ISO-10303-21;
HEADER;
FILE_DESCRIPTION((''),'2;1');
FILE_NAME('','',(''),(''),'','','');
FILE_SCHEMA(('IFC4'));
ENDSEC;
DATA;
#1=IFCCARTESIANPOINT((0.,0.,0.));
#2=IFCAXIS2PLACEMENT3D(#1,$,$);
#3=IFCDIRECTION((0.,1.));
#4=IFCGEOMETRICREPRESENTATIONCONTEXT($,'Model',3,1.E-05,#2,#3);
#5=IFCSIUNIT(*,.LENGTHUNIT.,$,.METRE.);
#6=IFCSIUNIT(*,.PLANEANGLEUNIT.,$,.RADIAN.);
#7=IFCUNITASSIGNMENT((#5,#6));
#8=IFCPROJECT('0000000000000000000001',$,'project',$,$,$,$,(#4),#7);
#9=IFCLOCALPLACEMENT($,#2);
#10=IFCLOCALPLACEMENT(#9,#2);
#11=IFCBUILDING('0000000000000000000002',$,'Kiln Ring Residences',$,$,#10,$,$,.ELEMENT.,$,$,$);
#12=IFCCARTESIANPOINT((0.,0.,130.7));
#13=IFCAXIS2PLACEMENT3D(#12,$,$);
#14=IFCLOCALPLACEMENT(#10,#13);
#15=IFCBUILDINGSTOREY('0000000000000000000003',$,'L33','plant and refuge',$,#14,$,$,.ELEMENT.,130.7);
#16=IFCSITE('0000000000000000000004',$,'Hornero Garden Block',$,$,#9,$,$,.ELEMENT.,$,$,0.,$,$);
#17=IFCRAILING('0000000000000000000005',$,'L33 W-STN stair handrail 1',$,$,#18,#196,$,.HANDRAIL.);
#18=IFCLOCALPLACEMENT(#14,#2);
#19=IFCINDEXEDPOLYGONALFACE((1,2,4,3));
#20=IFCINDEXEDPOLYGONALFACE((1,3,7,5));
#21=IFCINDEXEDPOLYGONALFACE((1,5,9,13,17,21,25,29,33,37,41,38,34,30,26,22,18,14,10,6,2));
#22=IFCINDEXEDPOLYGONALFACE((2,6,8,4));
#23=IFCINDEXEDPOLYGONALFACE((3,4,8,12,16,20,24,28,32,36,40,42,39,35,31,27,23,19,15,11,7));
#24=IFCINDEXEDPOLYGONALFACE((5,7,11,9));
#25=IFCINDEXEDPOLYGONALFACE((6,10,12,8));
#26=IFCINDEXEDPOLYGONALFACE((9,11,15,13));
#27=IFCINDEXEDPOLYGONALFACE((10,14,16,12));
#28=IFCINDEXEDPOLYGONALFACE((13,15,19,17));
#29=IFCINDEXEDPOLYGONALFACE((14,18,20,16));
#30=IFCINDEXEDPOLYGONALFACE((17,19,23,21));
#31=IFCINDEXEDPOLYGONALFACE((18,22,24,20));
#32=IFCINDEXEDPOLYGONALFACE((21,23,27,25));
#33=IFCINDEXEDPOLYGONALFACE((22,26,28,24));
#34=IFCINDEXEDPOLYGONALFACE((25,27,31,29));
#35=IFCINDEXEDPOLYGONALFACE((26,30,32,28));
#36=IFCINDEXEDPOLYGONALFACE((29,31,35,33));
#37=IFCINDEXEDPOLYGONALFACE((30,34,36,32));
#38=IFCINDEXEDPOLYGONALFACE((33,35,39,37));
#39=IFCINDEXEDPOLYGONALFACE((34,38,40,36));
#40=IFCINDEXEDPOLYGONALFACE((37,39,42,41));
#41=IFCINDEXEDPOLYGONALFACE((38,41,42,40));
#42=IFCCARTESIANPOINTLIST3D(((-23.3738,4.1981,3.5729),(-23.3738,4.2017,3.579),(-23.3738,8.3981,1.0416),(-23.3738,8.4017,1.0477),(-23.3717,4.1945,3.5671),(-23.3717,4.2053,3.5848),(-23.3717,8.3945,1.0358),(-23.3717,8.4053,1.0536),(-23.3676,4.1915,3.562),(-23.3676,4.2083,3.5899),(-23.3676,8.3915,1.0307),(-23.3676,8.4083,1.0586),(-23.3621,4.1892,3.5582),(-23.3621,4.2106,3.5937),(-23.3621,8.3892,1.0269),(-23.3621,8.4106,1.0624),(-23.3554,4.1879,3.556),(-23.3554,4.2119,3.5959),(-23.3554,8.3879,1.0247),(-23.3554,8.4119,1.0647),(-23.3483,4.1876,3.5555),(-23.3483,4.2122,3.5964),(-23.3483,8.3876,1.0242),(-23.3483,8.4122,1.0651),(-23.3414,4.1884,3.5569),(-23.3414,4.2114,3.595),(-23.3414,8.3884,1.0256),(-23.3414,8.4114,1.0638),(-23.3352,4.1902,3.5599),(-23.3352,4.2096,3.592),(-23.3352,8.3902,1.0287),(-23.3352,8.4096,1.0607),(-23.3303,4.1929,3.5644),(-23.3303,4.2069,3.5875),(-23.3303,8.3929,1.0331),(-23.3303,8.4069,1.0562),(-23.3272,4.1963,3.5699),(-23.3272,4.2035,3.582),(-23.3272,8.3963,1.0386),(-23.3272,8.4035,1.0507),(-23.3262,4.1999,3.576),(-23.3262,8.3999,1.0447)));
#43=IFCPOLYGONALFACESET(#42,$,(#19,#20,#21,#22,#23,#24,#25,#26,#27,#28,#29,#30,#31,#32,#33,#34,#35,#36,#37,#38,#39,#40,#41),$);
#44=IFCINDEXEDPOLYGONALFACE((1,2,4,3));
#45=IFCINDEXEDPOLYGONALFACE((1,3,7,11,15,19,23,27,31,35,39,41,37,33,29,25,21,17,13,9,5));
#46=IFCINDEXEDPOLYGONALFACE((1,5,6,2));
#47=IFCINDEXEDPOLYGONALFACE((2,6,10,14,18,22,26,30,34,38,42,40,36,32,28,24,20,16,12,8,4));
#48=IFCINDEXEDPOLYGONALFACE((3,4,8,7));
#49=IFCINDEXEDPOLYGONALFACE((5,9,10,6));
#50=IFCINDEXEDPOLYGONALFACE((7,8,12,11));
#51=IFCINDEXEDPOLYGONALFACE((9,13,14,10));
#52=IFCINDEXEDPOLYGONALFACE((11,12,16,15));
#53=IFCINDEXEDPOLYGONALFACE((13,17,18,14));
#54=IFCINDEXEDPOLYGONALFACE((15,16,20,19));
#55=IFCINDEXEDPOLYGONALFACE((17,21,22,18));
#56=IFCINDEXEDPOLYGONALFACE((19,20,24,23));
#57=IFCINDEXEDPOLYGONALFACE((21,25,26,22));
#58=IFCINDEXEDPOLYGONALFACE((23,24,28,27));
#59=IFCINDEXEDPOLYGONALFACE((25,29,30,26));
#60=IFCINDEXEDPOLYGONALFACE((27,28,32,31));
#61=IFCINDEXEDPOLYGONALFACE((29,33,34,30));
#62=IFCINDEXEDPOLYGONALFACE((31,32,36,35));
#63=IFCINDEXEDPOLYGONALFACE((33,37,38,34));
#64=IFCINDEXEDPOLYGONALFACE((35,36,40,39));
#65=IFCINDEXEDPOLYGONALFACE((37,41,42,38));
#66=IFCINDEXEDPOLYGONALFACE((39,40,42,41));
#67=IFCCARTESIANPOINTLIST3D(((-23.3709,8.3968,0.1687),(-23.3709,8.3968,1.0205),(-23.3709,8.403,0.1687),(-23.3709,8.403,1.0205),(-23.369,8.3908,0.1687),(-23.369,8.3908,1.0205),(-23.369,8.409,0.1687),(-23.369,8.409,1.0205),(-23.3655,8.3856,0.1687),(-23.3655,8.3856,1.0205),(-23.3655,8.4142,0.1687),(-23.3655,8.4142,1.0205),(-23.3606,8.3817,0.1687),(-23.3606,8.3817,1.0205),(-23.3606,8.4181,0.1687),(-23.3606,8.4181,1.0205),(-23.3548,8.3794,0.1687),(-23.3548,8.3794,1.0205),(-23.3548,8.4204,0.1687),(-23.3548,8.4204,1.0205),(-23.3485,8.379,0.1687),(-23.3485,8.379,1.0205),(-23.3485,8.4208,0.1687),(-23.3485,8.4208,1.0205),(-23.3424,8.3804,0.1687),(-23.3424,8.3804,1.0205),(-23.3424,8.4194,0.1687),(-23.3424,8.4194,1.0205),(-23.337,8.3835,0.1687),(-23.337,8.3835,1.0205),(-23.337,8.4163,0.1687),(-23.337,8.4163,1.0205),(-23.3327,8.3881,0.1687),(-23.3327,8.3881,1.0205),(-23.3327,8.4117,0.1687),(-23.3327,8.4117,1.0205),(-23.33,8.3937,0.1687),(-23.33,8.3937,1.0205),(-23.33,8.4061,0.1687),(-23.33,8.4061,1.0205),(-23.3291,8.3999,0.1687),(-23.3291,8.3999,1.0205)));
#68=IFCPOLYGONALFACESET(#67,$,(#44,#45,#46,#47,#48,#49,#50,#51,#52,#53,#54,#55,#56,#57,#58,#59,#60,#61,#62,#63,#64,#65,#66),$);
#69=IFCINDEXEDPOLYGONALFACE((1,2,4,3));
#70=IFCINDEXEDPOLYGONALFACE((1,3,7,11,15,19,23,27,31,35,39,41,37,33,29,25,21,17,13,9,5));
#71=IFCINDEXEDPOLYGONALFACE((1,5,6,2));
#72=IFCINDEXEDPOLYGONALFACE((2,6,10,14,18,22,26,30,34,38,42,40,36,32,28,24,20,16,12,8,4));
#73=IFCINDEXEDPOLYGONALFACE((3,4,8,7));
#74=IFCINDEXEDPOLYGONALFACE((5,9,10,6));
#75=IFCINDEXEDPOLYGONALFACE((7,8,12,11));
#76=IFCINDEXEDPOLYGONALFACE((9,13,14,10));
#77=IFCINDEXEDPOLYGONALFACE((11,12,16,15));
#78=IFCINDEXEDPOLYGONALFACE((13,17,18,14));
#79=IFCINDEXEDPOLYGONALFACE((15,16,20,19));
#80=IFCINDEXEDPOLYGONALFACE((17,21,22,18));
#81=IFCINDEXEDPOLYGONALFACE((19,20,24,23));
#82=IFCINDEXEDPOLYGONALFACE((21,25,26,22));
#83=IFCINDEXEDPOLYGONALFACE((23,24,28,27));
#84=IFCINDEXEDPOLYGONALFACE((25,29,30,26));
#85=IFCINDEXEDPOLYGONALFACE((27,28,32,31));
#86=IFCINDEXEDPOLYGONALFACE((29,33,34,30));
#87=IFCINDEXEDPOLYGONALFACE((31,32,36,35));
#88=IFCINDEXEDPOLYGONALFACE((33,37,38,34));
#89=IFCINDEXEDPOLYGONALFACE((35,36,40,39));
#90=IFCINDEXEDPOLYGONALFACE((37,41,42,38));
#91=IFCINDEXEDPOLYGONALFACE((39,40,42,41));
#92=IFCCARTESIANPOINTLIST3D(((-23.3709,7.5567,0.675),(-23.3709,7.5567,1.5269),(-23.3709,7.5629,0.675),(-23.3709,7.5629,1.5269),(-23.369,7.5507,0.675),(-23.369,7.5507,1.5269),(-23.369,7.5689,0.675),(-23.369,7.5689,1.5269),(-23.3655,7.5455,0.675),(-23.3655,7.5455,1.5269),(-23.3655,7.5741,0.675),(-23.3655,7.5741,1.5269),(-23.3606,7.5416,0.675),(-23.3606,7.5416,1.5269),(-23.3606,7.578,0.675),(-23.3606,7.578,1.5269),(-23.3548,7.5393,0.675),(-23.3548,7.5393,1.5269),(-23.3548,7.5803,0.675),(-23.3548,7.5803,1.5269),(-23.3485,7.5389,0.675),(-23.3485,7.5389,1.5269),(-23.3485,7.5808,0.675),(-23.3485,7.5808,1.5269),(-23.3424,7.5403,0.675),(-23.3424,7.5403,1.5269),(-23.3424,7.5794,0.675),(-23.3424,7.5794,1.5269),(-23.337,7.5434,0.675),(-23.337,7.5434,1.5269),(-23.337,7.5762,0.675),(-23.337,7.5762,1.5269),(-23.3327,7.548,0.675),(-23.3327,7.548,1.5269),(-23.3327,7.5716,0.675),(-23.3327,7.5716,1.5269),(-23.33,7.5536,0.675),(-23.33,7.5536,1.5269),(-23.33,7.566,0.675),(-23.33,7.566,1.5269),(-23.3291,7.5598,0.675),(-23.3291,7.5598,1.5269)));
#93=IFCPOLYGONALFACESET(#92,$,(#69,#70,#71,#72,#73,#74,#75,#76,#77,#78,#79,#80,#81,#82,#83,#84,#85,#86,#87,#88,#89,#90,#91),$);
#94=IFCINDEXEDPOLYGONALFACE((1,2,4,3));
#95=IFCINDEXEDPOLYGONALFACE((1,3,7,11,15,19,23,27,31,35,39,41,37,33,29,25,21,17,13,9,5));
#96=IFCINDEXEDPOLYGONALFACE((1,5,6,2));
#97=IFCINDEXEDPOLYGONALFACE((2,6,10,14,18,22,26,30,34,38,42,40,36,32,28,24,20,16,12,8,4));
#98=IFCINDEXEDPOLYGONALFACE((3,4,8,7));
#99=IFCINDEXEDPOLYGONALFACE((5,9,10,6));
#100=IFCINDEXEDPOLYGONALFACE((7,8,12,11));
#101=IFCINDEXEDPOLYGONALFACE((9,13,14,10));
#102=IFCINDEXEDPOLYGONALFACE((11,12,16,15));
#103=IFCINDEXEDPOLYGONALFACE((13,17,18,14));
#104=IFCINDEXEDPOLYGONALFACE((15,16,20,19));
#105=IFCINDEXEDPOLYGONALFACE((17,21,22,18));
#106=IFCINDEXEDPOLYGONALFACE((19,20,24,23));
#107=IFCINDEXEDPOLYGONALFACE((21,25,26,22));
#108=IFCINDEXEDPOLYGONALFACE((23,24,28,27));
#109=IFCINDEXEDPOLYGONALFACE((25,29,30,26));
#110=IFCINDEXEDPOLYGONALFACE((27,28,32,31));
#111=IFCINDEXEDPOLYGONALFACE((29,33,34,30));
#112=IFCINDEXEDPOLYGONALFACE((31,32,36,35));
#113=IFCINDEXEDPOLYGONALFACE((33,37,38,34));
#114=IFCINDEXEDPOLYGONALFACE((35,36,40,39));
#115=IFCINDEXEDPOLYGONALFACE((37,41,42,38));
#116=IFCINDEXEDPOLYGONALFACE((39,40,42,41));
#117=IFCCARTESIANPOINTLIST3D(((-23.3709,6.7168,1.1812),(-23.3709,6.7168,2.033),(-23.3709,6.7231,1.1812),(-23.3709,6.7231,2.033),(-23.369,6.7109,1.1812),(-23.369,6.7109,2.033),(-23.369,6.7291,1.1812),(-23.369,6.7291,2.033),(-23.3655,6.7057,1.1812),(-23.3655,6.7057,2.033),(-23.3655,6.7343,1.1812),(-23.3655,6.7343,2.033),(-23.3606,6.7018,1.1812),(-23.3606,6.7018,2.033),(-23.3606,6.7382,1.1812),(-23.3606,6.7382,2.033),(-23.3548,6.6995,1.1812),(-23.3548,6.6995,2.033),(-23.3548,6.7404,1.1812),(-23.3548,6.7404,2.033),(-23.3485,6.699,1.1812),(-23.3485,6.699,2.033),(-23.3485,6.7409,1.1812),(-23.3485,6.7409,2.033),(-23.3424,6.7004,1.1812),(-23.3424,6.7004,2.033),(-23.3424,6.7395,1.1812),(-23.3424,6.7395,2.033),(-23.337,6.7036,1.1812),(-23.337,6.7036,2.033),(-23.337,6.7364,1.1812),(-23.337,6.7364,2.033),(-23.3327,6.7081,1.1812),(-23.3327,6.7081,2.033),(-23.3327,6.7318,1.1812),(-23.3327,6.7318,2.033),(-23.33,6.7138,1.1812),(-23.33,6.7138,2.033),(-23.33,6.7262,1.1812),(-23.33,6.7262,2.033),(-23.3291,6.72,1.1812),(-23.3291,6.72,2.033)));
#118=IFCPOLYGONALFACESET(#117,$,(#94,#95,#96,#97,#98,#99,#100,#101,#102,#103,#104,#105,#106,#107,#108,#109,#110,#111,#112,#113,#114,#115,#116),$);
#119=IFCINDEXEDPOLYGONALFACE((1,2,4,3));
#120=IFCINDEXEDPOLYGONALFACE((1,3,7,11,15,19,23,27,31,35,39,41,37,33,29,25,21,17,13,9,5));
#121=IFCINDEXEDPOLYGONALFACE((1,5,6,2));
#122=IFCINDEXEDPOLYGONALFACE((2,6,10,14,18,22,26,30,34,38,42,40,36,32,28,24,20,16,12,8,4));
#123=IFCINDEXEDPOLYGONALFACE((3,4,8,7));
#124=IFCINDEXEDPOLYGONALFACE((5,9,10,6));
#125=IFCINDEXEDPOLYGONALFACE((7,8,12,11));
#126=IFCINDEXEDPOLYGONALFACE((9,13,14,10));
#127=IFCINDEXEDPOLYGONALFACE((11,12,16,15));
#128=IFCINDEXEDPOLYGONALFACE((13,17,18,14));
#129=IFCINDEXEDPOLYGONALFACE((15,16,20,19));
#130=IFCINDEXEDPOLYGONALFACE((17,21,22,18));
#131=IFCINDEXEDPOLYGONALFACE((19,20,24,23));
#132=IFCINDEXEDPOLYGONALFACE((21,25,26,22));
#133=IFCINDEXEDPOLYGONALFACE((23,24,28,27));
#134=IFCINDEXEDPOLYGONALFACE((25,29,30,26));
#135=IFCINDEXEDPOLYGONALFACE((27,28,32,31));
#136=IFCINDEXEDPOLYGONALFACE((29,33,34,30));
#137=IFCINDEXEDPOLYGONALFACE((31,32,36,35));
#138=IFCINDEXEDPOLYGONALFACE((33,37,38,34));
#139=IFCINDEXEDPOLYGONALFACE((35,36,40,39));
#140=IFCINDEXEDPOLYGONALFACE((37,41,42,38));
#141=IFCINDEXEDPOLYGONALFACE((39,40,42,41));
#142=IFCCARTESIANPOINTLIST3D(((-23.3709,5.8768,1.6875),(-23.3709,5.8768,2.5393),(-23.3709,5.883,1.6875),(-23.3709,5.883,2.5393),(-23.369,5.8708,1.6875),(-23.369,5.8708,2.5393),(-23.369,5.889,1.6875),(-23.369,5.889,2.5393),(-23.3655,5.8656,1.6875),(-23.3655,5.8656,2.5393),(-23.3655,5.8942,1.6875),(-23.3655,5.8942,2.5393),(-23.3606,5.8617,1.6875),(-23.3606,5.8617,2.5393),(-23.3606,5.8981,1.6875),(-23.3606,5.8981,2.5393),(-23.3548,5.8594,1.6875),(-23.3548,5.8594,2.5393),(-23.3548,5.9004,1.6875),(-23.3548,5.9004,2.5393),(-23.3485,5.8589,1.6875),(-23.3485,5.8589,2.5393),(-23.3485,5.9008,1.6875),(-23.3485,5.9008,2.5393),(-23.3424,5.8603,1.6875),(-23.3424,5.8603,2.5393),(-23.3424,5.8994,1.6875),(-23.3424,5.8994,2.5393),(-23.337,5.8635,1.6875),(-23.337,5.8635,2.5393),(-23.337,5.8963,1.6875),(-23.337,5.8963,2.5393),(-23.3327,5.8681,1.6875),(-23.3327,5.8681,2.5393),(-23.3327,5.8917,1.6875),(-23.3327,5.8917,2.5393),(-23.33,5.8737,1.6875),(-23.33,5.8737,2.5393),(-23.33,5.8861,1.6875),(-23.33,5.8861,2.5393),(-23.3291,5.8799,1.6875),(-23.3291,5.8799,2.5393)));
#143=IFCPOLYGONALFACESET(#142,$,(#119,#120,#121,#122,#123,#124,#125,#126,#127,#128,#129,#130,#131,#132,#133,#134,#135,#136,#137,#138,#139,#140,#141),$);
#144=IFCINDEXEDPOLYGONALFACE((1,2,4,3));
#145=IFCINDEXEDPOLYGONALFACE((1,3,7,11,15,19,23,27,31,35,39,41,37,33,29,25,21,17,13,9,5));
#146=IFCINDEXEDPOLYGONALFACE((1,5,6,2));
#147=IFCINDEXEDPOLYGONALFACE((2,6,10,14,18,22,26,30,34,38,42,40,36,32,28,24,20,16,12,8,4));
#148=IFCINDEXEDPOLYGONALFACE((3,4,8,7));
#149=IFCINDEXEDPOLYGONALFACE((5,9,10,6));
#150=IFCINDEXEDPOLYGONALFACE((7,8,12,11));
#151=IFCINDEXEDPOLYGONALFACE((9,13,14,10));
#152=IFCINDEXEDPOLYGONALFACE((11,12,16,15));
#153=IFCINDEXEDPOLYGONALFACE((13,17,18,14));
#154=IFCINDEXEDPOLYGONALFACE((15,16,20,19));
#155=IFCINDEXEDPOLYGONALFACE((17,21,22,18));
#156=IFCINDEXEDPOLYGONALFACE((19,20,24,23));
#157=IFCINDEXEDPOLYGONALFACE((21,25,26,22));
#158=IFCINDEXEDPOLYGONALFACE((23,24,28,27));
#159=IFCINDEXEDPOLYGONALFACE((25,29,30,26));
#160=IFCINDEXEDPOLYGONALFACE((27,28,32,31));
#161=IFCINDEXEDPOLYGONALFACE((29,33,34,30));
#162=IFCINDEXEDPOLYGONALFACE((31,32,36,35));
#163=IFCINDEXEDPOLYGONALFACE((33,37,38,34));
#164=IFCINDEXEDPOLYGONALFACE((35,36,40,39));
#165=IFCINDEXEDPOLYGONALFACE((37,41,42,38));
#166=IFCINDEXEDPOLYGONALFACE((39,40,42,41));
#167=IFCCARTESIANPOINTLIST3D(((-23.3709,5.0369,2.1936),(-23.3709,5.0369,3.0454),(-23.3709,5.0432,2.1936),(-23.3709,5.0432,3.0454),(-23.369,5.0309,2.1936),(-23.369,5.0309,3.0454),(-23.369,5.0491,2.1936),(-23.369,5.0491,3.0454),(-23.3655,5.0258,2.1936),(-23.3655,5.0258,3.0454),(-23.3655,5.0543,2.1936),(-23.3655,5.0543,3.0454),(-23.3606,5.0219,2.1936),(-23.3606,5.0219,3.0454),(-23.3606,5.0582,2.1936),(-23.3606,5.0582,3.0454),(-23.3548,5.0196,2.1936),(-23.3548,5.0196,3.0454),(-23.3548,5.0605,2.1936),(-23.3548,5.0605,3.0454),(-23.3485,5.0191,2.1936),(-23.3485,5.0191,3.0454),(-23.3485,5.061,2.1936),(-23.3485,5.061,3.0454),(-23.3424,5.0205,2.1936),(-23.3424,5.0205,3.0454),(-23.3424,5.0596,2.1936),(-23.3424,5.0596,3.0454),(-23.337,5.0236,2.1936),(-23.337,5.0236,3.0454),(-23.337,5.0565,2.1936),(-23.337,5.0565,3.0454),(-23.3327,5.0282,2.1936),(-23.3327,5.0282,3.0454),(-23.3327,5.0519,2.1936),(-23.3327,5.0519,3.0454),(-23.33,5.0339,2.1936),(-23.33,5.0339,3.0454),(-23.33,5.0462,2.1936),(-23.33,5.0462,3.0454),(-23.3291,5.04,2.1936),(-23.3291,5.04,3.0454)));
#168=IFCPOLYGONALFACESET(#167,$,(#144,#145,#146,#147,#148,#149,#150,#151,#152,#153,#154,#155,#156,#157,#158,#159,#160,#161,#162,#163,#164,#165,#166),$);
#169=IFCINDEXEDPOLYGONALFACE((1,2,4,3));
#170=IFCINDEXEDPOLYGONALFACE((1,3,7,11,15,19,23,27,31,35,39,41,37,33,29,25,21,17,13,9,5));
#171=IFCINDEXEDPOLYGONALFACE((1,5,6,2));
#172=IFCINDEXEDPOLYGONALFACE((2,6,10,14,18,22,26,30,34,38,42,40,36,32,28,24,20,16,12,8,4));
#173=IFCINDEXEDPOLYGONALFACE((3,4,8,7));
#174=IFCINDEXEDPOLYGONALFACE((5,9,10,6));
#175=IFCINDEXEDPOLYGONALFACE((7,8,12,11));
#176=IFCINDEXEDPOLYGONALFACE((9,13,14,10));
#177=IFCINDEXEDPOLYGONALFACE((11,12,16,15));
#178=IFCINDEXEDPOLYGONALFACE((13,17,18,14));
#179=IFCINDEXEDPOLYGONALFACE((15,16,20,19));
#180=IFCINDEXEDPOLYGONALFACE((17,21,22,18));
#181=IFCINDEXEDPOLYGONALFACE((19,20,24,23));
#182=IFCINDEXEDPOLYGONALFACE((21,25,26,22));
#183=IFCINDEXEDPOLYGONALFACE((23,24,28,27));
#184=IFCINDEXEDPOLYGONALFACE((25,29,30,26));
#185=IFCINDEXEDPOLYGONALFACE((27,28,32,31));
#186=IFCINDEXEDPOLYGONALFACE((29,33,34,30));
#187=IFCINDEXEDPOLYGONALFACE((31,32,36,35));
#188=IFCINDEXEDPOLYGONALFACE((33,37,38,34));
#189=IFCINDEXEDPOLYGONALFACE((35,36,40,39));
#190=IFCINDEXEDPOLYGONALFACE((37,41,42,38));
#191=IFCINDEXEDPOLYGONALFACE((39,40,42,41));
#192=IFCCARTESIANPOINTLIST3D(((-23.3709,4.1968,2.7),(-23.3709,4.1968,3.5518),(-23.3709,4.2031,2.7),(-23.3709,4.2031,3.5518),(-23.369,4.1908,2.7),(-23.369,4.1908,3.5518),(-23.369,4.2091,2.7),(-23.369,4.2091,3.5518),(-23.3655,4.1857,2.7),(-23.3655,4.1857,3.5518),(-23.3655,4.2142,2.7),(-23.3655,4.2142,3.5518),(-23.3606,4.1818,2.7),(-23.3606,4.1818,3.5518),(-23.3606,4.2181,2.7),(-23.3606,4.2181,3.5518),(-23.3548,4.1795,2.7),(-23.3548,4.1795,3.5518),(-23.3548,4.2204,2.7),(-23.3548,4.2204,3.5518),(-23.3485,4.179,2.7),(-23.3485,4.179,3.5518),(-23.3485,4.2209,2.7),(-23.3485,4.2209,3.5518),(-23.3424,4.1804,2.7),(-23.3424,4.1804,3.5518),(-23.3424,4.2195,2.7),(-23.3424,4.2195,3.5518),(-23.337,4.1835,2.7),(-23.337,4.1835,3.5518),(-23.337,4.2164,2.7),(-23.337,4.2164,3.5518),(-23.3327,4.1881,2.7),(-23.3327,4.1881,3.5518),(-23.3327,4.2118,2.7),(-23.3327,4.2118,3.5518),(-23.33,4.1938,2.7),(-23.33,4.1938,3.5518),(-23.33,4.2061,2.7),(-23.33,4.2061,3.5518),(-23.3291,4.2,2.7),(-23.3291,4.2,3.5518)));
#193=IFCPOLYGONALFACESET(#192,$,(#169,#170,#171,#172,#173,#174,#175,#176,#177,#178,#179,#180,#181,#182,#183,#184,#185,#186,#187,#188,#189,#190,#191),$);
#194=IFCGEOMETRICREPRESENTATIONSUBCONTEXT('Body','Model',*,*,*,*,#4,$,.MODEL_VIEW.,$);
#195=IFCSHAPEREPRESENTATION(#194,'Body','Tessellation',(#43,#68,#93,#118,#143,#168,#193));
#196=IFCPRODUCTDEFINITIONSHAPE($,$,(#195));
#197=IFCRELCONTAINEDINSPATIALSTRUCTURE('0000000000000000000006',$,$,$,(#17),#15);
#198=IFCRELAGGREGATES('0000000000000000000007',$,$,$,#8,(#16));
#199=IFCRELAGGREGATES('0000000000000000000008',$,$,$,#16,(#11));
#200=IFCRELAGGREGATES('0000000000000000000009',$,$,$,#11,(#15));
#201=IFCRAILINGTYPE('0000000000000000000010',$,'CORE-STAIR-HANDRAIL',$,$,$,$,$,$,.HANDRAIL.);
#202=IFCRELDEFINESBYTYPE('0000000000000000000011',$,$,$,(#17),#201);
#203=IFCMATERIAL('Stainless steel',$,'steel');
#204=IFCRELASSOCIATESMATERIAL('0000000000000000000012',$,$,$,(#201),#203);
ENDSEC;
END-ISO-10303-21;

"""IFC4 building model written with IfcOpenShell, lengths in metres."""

from ifc_helpers import new_model, si_unit, direction, frame, origin, origin_2d, place, context, subcontext, project, spatial, circle, extrude, material, type_object, element, save


model = new_model("IFC4")

# Units and contexts
model_context = context("Model", 3, precision=1e-05, world=origin(), true_north=direction((0.0, 1.0)))
body_context = subcontext(model_context, "Body", "Model", "MODEL_VIEW")
ifc_project = project(units=[si_unit("LENGTHUNIT", "METRE"), si_unit("PLANEANGLEUNIT", "RADIAN")], contexts=[model_context])

# Site, building, storey
site_placement = place(None, origin())
site = spatial("IfcSite", under=ifc_project, at=site_placement, Name="Hornero Garden Block", CompositionType="ELEMENT", RefElevation=0.0)
building_placement = place(site_placement, origin())
building = spatial("IfcBuilding", under=site, at=building_placement, Name="Kiln Ring Residences", CompositionType="ELEMENT")
storey_placement = place(building_placement, frame((0.0, 0.0, 130.7)))
storey = spatial("IfcBuildingStorey", under=building, at=storey_placement, Name="L33", Description="plant and refuge", CompositionType="ELEMENT", Elevation=130.7)

# Railing
ifc_material_1 = material(Name="Stainless steel", Category="steel")
railing_type_1 = type_object("IfcRailingType", Name="CORE-STAIR-HANDRAIL", PredefinedType="HANDRAIL", material=ifc_material_1)
railing_1_placement = place(storey_placement, frame((-23.3501, 8.3999, 0.1687)))
element("IfcRailing", 1, at=railing_1_placement, inside=storey, type_object=railing_type_1, Name="L33 W-STN stair handrail 1", PredefinedType="HANDRAIL", context=body_context, shape_type="SweptSolid", body=[
    extrude(circle(Radius=0.0239, at=origin_2d()), frame((0.0, 0.0, 0.876), z_axis=(0.0, -0.856476, 0.516186), x_axis=(1.0, 0.0, 0.0)), (0.0, 0.0, 1.0), 4.9038),
    extrude(circle(Radius=0.021, at=origin_2d()), origin(), (0.0, 0.0, 1.0), 0.8518),
    extrude(circle(Radius=0.021, at=origin_2d()), frame((0.0, -0.8401, 0.5063)), (0.0, 0.0, 1.0), 0.8518),
    extrude(circle(Radius=0.021, at=origin_2d()), frame((0.0, -1.6799, 1.0125)), (0.0, 0.0, 1.0), 0.8518),
    extrude(circle(Radius=0.021, at=origin_2d()), frame((0.0, -2.52, 1.5188)), (0.0, 0.0, 1.0), 0.8518),
    extrude(circle(Radius=0.021, at=origin_2d()), frame((0.0, -3.3599, 2.0249)), (0.0, 0.0, 1.0), 0.8518),
    extrude(circle(Radius=0.021, at=origin_2d()), frame((0.0, -4.2, 2.5312)), (0.0, 0.0, 1.0), 0.8518),
])

save(model, "model.ifc")
